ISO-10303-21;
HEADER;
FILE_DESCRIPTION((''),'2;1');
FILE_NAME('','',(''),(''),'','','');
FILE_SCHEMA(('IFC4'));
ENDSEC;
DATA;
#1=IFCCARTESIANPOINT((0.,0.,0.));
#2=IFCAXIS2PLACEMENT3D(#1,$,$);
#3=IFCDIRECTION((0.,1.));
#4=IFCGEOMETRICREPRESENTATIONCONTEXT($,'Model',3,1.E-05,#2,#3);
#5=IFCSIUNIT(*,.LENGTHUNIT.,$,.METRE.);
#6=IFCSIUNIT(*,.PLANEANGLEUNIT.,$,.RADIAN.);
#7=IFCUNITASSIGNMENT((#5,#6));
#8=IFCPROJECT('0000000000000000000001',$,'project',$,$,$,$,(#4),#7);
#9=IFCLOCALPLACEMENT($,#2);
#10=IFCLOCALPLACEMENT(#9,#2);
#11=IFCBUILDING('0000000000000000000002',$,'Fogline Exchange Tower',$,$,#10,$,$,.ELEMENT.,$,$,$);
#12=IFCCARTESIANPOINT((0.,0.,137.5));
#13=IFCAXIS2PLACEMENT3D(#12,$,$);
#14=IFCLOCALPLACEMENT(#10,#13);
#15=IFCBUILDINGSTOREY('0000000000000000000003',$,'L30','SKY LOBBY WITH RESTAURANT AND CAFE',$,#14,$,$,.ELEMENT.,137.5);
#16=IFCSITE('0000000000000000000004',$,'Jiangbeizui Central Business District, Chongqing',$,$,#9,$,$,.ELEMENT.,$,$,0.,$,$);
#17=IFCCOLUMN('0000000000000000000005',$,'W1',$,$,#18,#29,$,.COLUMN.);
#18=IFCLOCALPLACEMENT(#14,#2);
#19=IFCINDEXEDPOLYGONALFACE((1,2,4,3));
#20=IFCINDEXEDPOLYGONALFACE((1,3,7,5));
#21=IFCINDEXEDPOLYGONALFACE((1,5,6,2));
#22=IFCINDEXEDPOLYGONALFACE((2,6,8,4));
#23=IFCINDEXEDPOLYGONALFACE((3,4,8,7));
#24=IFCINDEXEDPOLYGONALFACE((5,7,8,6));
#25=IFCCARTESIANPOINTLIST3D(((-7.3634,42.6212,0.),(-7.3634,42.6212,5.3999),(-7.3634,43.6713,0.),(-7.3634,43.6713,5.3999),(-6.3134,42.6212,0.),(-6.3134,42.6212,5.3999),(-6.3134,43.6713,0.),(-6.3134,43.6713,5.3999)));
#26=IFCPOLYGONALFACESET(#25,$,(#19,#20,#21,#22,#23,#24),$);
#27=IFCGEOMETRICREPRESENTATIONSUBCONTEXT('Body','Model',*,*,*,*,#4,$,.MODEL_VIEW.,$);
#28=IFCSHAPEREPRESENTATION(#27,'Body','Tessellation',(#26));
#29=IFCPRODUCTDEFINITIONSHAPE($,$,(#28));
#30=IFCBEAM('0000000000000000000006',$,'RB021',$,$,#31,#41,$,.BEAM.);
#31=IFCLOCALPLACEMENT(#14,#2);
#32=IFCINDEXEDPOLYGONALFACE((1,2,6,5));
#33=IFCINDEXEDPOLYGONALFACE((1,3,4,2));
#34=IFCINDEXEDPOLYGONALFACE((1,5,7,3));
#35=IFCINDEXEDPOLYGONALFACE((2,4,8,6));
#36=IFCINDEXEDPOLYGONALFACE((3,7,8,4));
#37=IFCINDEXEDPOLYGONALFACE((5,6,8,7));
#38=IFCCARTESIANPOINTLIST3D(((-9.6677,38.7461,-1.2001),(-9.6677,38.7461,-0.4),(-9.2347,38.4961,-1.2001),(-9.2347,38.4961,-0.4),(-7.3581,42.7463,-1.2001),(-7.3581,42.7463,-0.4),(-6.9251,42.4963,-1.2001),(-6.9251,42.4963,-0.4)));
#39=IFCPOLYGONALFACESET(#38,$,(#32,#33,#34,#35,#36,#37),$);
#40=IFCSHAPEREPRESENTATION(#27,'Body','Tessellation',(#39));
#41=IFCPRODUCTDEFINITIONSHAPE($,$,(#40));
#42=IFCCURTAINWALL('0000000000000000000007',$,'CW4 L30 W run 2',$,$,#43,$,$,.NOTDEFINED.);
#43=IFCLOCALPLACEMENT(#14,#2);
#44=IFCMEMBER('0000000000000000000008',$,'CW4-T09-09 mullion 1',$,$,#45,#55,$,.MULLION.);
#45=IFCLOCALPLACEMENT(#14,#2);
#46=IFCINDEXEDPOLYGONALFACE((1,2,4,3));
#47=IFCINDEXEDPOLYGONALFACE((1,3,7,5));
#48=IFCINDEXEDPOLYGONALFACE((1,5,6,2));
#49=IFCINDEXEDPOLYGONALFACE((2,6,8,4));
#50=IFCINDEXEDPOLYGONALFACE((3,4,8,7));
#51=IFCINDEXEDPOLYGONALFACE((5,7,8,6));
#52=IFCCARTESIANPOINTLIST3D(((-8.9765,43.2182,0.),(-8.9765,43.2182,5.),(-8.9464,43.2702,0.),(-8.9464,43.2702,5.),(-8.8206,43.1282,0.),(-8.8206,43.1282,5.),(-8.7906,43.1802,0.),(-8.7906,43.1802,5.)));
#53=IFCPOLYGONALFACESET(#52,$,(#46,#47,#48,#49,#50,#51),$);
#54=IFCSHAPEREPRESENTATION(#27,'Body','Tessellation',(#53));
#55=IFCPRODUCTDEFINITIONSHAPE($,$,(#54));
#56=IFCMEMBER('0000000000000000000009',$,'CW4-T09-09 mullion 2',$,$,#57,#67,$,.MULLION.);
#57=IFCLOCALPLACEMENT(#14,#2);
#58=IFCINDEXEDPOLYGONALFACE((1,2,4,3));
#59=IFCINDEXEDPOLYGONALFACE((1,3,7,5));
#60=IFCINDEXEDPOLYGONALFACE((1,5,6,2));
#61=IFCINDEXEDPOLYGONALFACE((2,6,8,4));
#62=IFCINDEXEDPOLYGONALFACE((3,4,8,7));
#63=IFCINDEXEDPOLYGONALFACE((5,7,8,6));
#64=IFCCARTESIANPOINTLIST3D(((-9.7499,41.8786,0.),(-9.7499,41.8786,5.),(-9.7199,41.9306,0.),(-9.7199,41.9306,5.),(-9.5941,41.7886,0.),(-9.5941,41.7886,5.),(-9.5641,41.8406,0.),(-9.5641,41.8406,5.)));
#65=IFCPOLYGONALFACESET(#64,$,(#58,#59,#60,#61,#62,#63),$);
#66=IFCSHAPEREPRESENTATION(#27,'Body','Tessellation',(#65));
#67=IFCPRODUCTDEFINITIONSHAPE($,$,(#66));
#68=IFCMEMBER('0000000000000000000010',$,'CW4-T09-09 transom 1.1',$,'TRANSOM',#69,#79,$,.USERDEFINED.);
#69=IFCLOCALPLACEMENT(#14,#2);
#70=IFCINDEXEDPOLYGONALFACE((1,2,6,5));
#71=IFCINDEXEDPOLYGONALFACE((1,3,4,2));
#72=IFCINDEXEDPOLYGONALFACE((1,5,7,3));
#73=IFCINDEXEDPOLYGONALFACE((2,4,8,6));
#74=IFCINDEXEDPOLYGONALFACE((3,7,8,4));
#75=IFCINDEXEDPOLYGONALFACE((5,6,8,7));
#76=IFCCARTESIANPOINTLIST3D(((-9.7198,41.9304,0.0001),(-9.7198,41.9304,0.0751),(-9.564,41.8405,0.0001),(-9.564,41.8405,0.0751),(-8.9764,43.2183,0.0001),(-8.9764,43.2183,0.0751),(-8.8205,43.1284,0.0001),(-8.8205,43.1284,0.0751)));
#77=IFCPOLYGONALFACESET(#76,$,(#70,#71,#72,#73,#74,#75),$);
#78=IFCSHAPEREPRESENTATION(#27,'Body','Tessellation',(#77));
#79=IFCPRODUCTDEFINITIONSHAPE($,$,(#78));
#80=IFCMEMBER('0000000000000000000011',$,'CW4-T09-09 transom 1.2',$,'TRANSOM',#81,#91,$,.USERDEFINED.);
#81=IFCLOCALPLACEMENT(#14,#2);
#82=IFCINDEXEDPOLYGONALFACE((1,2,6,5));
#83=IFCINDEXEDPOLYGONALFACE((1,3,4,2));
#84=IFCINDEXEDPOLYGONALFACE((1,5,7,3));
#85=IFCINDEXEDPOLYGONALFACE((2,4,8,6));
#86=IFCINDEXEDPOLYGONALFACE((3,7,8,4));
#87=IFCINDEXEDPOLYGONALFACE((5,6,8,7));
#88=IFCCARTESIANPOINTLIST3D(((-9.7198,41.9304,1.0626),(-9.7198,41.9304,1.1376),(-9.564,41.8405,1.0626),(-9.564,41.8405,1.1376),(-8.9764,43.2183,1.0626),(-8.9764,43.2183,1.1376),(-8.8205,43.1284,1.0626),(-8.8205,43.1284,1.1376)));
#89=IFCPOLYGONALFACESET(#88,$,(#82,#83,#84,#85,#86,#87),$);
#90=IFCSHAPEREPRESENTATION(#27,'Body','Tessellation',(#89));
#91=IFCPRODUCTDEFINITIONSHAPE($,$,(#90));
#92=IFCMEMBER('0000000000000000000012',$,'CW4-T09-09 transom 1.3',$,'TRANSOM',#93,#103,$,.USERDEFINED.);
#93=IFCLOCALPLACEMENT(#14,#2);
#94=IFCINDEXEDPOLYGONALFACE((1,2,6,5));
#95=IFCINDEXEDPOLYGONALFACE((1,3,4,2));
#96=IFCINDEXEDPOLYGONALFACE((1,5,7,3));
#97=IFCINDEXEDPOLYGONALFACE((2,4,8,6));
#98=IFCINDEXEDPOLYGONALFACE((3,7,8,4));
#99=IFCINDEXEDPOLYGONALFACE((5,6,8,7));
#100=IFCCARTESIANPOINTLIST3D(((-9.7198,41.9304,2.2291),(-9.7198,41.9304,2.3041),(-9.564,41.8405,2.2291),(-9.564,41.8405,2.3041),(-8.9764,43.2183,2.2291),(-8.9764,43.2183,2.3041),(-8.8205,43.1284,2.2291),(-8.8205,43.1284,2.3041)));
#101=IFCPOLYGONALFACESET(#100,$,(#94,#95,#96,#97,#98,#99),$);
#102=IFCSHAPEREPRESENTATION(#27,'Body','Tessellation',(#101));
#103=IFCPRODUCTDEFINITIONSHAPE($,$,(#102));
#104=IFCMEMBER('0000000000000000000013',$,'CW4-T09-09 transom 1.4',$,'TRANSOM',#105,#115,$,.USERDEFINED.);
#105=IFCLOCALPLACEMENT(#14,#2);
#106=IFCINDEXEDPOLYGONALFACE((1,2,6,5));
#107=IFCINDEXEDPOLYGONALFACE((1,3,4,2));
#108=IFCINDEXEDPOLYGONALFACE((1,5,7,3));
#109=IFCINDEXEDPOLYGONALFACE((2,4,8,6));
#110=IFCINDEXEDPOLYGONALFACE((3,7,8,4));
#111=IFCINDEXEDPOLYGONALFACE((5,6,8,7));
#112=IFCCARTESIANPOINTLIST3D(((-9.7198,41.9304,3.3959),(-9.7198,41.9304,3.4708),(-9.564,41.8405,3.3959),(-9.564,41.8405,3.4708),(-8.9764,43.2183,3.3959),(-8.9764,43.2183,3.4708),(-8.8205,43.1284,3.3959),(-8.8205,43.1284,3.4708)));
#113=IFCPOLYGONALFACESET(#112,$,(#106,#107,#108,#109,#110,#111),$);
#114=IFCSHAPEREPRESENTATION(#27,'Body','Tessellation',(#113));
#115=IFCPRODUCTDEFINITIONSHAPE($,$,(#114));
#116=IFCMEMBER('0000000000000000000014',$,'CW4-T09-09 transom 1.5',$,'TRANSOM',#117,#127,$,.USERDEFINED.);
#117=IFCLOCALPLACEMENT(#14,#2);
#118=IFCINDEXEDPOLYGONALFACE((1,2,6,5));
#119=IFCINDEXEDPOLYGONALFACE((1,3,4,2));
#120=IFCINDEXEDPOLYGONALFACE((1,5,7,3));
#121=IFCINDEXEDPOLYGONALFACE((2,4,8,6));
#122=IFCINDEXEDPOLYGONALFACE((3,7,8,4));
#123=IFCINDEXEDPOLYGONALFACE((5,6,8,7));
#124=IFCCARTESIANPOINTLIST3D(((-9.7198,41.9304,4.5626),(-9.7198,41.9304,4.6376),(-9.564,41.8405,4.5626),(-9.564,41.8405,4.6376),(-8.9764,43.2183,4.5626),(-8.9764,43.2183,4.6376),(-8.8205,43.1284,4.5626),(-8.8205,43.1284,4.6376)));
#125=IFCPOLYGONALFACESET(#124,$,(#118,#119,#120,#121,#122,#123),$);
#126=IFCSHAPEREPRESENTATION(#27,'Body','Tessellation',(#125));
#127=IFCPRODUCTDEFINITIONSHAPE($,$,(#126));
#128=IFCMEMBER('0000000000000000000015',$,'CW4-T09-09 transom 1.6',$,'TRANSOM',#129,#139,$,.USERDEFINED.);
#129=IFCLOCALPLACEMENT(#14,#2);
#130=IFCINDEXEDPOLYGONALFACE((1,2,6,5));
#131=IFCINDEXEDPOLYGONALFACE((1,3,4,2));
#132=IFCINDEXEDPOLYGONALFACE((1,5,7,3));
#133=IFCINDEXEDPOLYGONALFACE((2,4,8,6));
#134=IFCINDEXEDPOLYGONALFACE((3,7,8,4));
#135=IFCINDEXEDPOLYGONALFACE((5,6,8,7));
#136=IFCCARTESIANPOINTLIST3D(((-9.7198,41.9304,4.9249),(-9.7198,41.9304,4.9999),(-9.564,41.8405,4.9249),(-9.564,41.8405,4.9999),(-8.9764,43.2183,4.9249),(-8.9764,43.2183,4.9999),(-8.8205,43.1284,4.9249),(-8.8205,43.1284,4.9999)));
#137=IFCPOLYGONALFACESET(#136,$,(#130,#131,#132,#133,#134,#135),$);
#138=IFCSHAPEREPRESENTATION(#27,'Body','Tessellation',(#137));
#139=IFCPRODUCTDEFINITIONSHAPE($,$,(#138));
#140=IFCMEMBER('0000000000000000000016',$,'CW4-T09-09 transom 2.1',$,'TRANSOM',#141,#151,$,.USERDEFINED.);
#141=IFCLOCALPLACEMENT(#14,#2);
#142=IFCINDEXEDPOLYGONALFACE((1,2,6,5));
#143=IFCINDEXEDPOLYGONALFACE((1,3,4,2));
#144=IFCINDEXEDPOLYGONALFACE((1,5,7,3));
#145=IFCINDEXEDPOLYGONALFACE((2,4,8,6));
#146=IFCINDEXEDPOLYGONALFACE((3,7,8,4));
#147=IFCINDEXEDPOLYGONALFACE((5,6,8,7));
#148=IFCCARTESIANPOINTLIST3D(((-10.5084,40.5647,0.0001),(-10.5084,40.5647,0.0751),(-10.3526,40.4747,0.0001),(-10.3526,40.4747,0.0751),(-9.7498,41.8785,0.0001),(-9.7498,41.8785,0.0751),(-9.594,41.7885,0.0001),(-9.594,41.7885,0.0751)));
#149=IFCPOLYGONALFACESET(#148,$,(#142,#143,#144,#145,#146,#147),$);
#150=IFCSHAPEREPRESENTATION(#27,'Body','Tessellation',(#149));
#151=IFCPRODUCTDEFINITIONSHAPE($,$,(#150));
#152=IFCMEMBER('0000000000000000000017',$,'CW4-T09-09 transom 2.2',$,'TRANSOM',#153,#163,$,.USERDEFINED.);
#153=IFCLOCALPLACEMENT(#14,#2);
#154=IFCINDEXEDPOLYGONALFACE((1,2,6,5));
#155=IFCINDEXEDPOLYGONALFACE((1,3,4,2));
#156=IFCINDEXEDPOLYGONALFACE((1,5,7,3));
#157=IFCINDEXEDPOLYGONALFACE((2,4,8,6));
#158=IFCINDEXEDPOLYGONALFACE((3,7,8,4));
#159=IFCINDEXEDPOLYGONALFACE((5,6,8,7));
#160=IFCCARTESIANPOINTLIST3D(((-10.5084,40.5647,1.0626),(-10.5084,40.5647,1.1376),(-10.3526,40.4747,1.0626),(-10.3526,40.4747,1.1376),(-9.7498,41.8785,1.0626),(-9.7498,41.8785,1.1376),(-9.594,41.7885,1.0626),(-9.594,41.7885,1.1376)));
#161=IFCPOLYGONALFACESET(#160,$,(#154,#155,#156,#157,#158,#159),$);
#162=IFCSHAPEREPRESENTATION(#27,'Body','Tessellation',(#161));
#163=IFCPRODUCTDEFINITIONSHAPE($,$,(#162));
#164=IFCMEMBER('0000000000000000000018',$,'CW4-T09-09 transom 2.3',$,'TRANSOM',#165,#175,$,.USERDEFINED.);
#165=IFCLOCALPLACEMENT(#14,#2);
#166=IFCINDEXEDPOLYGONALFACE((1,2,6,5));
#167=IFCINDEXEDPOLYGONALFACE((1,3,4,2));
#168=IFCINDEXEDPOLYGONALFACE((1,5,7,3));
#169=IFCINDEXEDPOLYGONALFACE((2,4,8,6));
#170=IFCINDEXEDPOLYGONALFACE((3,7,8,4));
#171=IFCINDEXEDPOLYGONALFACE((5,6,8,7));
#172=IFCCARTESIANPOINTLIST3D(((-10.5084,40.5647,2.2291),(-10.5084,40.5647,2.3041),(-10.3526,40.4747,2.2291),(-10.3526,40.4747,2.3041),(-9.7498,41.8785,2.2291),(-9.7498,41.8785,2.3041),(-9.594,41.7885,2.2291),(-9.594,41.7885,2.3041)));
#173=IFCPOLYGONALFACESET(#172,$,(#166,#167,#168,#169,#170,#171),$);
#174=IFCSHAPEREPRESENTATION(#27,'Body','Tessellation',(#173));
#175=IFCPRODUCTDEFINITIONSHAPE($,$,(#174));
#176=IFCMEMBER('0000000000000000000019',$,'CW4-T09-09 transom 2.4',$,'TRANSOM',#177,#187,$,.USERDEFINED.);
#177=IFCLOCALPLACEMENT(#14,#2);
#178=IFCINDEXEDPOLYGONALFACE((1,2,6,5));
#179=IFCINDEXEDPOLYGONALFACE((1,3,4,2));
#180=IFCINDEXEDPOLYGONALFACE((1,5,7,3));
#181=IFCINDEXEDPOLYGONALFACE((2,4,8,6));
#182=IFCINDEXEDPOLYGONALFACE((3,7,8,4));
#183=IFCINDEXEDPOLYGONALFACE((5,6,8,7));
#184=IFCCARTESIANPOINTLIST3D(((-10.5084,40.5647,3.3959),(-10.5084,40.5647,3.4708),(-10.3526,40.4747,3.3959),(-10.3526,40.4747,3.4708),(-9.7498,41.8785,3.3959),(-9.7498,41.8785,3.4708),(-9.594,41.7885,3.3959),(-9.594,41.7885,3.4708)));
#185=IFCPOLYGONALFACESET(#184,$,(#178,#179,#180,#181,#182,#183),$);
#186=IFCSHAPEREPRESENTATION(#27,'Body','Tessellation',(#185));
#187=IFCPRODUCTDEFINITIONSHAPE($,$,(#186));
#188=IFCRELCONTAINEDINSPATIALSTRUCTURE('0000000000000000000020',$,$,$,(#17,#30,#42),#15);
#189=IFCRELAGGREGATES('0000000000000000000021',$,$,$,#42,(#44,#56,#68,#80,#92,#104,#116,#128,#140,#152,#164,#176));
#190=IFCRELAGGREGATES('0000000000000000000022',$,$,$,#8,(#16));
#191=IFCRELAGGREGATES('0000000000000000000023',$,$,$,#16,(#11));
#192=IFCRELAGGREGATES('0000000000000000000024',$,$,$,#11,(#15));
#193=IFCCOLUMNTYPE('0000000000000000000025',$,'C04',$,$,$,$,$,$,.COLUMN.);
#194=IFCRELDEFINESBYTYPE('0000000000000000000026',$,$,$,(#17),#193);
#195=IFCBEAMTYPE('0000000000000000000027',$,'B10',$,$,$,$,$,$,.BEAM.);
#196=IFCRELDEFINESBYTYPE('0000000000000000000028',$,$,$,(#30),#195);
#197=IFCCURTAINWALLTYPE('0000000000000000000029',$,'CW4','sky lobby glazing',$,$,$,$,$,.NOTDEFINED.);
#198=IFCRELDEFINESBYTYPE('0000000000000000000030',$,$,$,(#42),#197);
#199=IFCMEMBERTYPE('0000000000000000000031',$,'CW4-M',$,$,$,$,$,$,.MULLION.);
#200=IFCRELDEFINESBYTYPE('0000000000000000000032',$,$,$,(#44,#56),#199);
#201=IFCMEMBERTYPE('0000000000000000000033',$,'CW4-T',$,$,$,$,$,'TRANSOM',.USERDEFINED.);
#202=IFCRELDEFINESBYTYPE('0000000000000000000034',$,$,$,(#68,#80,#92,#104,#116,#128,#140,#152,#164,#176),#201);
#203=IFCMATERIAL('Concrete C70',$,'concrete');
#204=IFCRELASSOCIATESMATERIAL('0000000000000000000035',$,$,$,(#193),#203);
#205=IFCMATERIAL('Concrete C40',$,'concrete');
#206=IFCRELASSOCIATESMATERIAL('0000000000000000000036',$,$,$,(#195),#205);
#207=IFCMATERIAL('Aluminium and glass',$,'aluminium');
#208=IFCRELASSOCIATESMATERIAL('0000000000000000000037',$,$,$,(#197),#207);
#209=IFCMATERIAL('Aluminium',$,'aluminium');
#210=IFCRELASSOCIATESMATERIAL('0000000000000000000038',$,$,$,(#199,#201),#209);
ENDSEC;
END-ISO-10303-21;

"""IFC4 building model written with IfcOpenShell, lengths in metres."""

from ifc_helpers import new_model, si_unit, direction, frame, origin, origin_2d, place, context, subcontext, project, spatial, rectangle, extrude, material, material_profile, profile_set, type_object, element, aggregate, save


model = new_model("IFC4")

# Units and contexts
model_context = context("Model", 3, precision=1e-05, world=origin(), true_north=direction((0.0, 1.0)))
body_context = subcontext(model_context, "Body", "Model", "MODEL_VIEW")
ifc_project = project(units=[si_unit("LENGTHUNIT", "METRE"), si_unit("PLANEANGLEUNIT", "RADIAN")], contexts=[model_context])

# Site, building, storey
site_placement = place(None, origin())
site = spatial("IfcSite", under=ifc_project, at=site_placement, Name="Jiangbeizui Central Business District, Chongqing", CompositionType="ELEMENT", RefElevation=0.0)
building_placement = place(site_placement, origin())
building = spatial("IfcBuilding", under=site, at=building_placement, Name="Fogline Exchange Tower", CompositionType="ELEMENT")
storey_placement = place(building_placement, frame((0.0, 0.0, 137.5)))
storey = spatial("IfcBuildingStorey", under=building, at=storey_placement, Name="L30", Description="SKY LOBBY WITH RESTAURANT AND CAFE", CompositionType="ELEMENT", Elevation=137.5)

# Column
ifc_material_1 = material(Name="Concrete C70", Category="concrete")
ifc_material_profile_1 = material_profile(ifc_material_1, rectangle(XDim=1.05, YDim=1.05, at=origin_2d()), Name="RC 1050x1050")
ifc_profile_set_1 = profile_set([ifc_material_profile_1], Name="Concrete C70")
column_type = type_object("IfcColumnType", Name="C04", PredefinedType="COLUMN", material=ifc_profile_set_1)
column_placement = place(storey_placement, frame((-6.8384, 43.1462, 0.0), z_axis=(0.0, 0.0, 1.0), x_axis=(1.0, 0.0, 0.0)))
element("IfcColumn", 1, at=column_placement, inside=storey, type_object=column_type, Name="W1", PredefinedType="COLUMN", context=body_context, shape_type="SweptSolid", body=[
    extrude(rectangle(XDim=1.05, YDim=1.05, at=origin_2d()), origin(), (0.0, 0.0, 1.0), 5.3999),
])

# Beam
ifc_material_2 = material(Name="Concrete C40", Category="concrete")
ifc_material_profile_2 = material_profile(ifc_material_2, rectangle(XDim=0.5, YDim=0.8, at=origin_2d()), Name="RC 500x800")
ifc_profile_set_2 = profile_set([ifc_material_profile_2], Name="Concrete C40")
beam_type = type_object("IfcBeamType", Name="B10", PredefinedType="BEAM", material=ifc_profile_set_2)
beam_placement = place(storey_placement, frame((-7.1416, 42.6213, -0.8), z_axis=(-0.500005, -0.866023, 0.0), x_axis=(0.866023, -0.500005, 0.0)))
element("IfcBeam", 2, at=beam_placement, inside=storey, type_object=beam_type, Name="RB021", PredefinedType="BEAM", context=body_context, shape_type="SweptSolid", body=[
    extrude(rectangle(XDim=0.5, YDim=0.8, at=origin_2d()), origin(), (0.0, 0.0, 1.0), 4.6191),
])

# Curtain wall, members
ifc_material_3 = material(Name="Aluminium and glass", Category="aluminium")
curtain_wall_type = type_object("IfcCurtainWallType", Name="CW4", Description="sky lobby glazing", PredefinedType="NOTDEFINED", material=ifc_material_3)
curtain_wall_placement = place(storey_placement, origin())
curtain_wall = element("IfcCurtainWall", 3, at=curtain_wall_placement, inside=storey, type_object=curtain_wall_type, Name="CW4 L30 W run 2", PredefinedType="NOTDEFINED")
ifc_material_4 = material(Name="Aluminium", Category="aluminium")
ifc_material_profile_3 = material_profile(ifc_material_4, rectangle(XDim=0.1799, YDim=0.0601, at=origin_2d()), Name="Mullion 60x180")
ifc_profile_set_3 = profile_set([ifc_material_profile_3], Name="Aluminium")
member_type_1 = type_object("IfcMemberType", Name="CW4-M", PredefinedType="MULLION", material=ifc_profile_set_3)
member_1_placement = place(storey_placement, frame((-8.8835, 43.1992, 0.0), z_axis=(0.0, 0.0, 1.0), x_axis=(0.866025, -0.5, 0.0)))
member_1 = element("IfcMember", 4, at=member_1_placement, type_object=member_type_1, Name="CW4-T09-09 mullion 1", PredefinedType="MULLION", context=body_context, shape_type="SweptSolid", body=[
    extrude(rectangle(XDim=0.1799, YDim=0.0601, at=origin_2d()), origin(), (0.0, 0.0, 1.0), 5.0),
])
member_2_placement = place(storey_placement, frame((-9.657, 41.8596, 0.0), z_axis=(0.0, 0.0, 1.0), x_axis=(0.866025, -0.5, 0.0)))
member_2 = element("IfcMember", 5, at=member_2_placement, type_object=member_type_1, Name="CW4-T09-09 mullion 2", PredefinedType="MULLION", context=body_context, shape_type="SweptSolid", body=[
    extrude(rectangle(XDim=0.1799, YDim=0.0601, at=origin_2d()), origin(), (0.0, 0.0, 1.0), 5.0),
])
ifc_material_profile_4 = material_profile(ifc_material_4, rectangle(XDim=0.1799, YDim=0.075, at=origin_2d()), Name="Transom 75x180")
ifc_profile_set_4 = profile_set([ifc_material_profile_4], Name="Aluminium")
member_type_2 = type_object("IfcMemberType", Name="CW4-T", ElementType="TRANSOM", PredefinedType="USERDEFINED", material=ifc_profile_set_4)
member_3_placement = place(storey_placement, frame((-8.8984, 43.1733, 0.0376), z_axis=(-0.499936, -0.866063, 0.0), x_axis=(0.866063, -0.499936, 0.0)))
member_3 = element("IfcMember", 6, at=member_3_placement, type_object=member_type_2, Name="CW4-T09-09 transom 1.1", ObjectType="TRANSOM", PredefinedType="USERDEFINED", context=body_context, shape_type="SweptSolid", body=[
    extrude(rectangle(XDim=0.1799, YDim=0.075, at=origin_2d()), origin(), (0.0, 0.0, 1.0), 1.4871),
])
member_4_placement = place(storey_placement, frame((-8.8984, 43.1733, 1.1001), z_axis=(-0.499936, -0.866063, 0.0), x_axis=(0.866063, -0.499936, 0.0)))
member_4 = element("IfcMember", 7, at=member_4_placement, type_object=member_type_2, Name="CW4-T09-09 transom 1.2", ObjectType="TRANSOM", PredefinedType="USERDEFINED", context=body_context, shape_type="SweptSolid", body=[
    extrude(rectangle(XDim=0.1799, YDim=0.075, at=origin_2d()), origin(), (0.0, 0.0, 1.0), 1.4871),
])
member_5_placement = place(storey_placement, frame((-8.8984, 43.1733, 2.2666), z_axis=(-0.499936, -0.866063, 0.0), x_axis=(0.866063, -0.499936, 0.0)))
member_5 = element("IfcMember", 8, at=member_5_placement, type_object=member_type_2, Name="CW4-T09-09 transom 1.3", ObjectType="TRANSOM", PredefinedType="USERDEFINED", context=body_context, shape_type="SweptSolid", body=[
    extrude(rectangle(XDim=0.1799, YDim=0.075, at=origin_2d()), origin(), (0.0, 0.0, 1.0), 1.4871),
])
member_6_placement = place(storey_placement, frame((-8.8984, 43.1733, 3.4333), z_axis=(-0.499936, -0.866063, 0.0), x_axis=(0.866063, -0.499936, 0.0)))
member_6 = element("IfcMember", 9, at=member_6_placement, type_object=member_type_2, Name="CW4-T09-09 transom 1.4", ObjectType="TRANSOM", PredefinedType="USERDEFINED", context=body_context, shape_type="SweptSolid", body=[
    extrude(rectangle(XDim=0.1799, YDim=0.075, at=origin_2d()), origin(), (0.0, 0.0, 1.0), 1.4871),
])
member_7_placement = place(storey_placement, frame((-8.8984, 43.1733, 4.6001), z_axis=(-0.499936, -0.866063, 0.0), x_axis=(0.866063, -0.499936, 0.0)))
member_7 = element("IfcMember", 10, at=member_7_placement, type_object=member_type_2, Name="CW4-T09-09 transom 1.5", ObjectType="TRANSOM", PredefinedType="USERDEFINED", context=body_context, shape_type="SweptSolid", body=[
    extrude(rectangle(XDim=0.1799, YDim=0.075, at=origin_2d()), origin(), (0.0, 0.0, 1.0), 1.4871),
])
member_8_placement = place(storey_placement, frame((-8.8984, 43.1733, 4.9624), z_axis=(-0.499936, -0.866063, 0.0), x_axis=(0.866063, -0.499936, 0.0)))
member_8 = element("IfcMember", 11, at=member_8_placement, type_object=member_type_2, Name="CW4-T09-09 transom 1.6", ObjectType="TRANSOM", PredefinedType="USERDEFINED", context=body_context, shape_type="SweptSolid", body=[
    extrude(rectangle(XDim=0.1799, YDim=0.075, at=origin_2d()), origin(), (0.0, 0.0, 1.0), 1.4871),
])
member_9_placement = place(storey_placement, frame((-9.6719, 41.8335, 0.0376), z_axis=(-0.500034, -0.866006, 0.0), x_axis=(0.866006, -0.500034, 0.0)))
member_9 = element("IfcMember", 12, at=member_9_placement, type_object=member_type_2, Name="CW4-T09-09 transom 2.1", ObjectType="TRANSOM", PredefinedType="USERDEFINED", context=body_context, shape_type="SweptSolid", body=[
    extrude(rectangle(XDim=0.1799, YDim=0.075, at=origin_2d()), origin(), (0.0, 0.0, 1.0), 1.5171),
])
member_10_placement = place(storey_placement, frame((-9.6719, 41.8335, 1.1001), z_axis=(-0.500034, -0.866006, 0.0), x_axis=(0.866006, -0.500034, 0.0)))
member_10 = element("IfcMember", 13, at=member_10_placement, type_object=member_type_2, Name="CW4-T09-09 transom 2.2", ObjectType="TRANSOM", PredefinedType="USERDEFINED", context=body_context, shape_type="SweptSolid", body=[
    extrude(rectangle(XDim=0.1799, YDim=0.075, at=origin_2d()), origin(), (0.0, 0.0, 1.0), 1.5171),
])
member_11_placement = place(storey_placement, frame((-9.6719, 41.8335, 2.2666), z_axis=(-0.500034, -0.866006, 0.0), x_axis=(0.866006, -0.500034, 0.0)))
member_11 = element("IfcMember", 14, at=member_11_placement, type_object=member_type_2, Name="CW4-T09-09 transom 2.3", ObjectType="TRANSOM", PredefinedType="USERDEFINED", context=body_context, shape_type="SweptSolid", body=[
    extrude(rectangle(XDim=0.1799, YDim=0.075, at=origin_2d()), origin(), (0.0, 0.0, 1.0), 1.5171),
])
member_12_placement = place(storey_placement, frame((-9.6719, 41.8335, 3.4333), z_axis=(-0.500034, -0.866006, 0.0), x_axis=(0.866006, -0.500034, 0.0)))
member_12 = element("IfcMember", 15, at=member_12_placement, type_object=member_type_2, Name="CW4-T09-09 transom 2.4", ObjectType="TRANSOM", PredefinedType="USERDEFINED", context=body_context, shape_type="SweptSolid", body=[
    extrude(rectangle(XDim=0.1799, YDim=0.075, at=origin_2d()), origin(), (0.0, 0.0, 1.0), 1.5171),
])
aggregate(curtain_wall, [member_1, member_2, member_3, member_4, member_5, member_6, member_7, member_8, member_9, member_10, member_11, member_12])

save(model, "model.ifc")
